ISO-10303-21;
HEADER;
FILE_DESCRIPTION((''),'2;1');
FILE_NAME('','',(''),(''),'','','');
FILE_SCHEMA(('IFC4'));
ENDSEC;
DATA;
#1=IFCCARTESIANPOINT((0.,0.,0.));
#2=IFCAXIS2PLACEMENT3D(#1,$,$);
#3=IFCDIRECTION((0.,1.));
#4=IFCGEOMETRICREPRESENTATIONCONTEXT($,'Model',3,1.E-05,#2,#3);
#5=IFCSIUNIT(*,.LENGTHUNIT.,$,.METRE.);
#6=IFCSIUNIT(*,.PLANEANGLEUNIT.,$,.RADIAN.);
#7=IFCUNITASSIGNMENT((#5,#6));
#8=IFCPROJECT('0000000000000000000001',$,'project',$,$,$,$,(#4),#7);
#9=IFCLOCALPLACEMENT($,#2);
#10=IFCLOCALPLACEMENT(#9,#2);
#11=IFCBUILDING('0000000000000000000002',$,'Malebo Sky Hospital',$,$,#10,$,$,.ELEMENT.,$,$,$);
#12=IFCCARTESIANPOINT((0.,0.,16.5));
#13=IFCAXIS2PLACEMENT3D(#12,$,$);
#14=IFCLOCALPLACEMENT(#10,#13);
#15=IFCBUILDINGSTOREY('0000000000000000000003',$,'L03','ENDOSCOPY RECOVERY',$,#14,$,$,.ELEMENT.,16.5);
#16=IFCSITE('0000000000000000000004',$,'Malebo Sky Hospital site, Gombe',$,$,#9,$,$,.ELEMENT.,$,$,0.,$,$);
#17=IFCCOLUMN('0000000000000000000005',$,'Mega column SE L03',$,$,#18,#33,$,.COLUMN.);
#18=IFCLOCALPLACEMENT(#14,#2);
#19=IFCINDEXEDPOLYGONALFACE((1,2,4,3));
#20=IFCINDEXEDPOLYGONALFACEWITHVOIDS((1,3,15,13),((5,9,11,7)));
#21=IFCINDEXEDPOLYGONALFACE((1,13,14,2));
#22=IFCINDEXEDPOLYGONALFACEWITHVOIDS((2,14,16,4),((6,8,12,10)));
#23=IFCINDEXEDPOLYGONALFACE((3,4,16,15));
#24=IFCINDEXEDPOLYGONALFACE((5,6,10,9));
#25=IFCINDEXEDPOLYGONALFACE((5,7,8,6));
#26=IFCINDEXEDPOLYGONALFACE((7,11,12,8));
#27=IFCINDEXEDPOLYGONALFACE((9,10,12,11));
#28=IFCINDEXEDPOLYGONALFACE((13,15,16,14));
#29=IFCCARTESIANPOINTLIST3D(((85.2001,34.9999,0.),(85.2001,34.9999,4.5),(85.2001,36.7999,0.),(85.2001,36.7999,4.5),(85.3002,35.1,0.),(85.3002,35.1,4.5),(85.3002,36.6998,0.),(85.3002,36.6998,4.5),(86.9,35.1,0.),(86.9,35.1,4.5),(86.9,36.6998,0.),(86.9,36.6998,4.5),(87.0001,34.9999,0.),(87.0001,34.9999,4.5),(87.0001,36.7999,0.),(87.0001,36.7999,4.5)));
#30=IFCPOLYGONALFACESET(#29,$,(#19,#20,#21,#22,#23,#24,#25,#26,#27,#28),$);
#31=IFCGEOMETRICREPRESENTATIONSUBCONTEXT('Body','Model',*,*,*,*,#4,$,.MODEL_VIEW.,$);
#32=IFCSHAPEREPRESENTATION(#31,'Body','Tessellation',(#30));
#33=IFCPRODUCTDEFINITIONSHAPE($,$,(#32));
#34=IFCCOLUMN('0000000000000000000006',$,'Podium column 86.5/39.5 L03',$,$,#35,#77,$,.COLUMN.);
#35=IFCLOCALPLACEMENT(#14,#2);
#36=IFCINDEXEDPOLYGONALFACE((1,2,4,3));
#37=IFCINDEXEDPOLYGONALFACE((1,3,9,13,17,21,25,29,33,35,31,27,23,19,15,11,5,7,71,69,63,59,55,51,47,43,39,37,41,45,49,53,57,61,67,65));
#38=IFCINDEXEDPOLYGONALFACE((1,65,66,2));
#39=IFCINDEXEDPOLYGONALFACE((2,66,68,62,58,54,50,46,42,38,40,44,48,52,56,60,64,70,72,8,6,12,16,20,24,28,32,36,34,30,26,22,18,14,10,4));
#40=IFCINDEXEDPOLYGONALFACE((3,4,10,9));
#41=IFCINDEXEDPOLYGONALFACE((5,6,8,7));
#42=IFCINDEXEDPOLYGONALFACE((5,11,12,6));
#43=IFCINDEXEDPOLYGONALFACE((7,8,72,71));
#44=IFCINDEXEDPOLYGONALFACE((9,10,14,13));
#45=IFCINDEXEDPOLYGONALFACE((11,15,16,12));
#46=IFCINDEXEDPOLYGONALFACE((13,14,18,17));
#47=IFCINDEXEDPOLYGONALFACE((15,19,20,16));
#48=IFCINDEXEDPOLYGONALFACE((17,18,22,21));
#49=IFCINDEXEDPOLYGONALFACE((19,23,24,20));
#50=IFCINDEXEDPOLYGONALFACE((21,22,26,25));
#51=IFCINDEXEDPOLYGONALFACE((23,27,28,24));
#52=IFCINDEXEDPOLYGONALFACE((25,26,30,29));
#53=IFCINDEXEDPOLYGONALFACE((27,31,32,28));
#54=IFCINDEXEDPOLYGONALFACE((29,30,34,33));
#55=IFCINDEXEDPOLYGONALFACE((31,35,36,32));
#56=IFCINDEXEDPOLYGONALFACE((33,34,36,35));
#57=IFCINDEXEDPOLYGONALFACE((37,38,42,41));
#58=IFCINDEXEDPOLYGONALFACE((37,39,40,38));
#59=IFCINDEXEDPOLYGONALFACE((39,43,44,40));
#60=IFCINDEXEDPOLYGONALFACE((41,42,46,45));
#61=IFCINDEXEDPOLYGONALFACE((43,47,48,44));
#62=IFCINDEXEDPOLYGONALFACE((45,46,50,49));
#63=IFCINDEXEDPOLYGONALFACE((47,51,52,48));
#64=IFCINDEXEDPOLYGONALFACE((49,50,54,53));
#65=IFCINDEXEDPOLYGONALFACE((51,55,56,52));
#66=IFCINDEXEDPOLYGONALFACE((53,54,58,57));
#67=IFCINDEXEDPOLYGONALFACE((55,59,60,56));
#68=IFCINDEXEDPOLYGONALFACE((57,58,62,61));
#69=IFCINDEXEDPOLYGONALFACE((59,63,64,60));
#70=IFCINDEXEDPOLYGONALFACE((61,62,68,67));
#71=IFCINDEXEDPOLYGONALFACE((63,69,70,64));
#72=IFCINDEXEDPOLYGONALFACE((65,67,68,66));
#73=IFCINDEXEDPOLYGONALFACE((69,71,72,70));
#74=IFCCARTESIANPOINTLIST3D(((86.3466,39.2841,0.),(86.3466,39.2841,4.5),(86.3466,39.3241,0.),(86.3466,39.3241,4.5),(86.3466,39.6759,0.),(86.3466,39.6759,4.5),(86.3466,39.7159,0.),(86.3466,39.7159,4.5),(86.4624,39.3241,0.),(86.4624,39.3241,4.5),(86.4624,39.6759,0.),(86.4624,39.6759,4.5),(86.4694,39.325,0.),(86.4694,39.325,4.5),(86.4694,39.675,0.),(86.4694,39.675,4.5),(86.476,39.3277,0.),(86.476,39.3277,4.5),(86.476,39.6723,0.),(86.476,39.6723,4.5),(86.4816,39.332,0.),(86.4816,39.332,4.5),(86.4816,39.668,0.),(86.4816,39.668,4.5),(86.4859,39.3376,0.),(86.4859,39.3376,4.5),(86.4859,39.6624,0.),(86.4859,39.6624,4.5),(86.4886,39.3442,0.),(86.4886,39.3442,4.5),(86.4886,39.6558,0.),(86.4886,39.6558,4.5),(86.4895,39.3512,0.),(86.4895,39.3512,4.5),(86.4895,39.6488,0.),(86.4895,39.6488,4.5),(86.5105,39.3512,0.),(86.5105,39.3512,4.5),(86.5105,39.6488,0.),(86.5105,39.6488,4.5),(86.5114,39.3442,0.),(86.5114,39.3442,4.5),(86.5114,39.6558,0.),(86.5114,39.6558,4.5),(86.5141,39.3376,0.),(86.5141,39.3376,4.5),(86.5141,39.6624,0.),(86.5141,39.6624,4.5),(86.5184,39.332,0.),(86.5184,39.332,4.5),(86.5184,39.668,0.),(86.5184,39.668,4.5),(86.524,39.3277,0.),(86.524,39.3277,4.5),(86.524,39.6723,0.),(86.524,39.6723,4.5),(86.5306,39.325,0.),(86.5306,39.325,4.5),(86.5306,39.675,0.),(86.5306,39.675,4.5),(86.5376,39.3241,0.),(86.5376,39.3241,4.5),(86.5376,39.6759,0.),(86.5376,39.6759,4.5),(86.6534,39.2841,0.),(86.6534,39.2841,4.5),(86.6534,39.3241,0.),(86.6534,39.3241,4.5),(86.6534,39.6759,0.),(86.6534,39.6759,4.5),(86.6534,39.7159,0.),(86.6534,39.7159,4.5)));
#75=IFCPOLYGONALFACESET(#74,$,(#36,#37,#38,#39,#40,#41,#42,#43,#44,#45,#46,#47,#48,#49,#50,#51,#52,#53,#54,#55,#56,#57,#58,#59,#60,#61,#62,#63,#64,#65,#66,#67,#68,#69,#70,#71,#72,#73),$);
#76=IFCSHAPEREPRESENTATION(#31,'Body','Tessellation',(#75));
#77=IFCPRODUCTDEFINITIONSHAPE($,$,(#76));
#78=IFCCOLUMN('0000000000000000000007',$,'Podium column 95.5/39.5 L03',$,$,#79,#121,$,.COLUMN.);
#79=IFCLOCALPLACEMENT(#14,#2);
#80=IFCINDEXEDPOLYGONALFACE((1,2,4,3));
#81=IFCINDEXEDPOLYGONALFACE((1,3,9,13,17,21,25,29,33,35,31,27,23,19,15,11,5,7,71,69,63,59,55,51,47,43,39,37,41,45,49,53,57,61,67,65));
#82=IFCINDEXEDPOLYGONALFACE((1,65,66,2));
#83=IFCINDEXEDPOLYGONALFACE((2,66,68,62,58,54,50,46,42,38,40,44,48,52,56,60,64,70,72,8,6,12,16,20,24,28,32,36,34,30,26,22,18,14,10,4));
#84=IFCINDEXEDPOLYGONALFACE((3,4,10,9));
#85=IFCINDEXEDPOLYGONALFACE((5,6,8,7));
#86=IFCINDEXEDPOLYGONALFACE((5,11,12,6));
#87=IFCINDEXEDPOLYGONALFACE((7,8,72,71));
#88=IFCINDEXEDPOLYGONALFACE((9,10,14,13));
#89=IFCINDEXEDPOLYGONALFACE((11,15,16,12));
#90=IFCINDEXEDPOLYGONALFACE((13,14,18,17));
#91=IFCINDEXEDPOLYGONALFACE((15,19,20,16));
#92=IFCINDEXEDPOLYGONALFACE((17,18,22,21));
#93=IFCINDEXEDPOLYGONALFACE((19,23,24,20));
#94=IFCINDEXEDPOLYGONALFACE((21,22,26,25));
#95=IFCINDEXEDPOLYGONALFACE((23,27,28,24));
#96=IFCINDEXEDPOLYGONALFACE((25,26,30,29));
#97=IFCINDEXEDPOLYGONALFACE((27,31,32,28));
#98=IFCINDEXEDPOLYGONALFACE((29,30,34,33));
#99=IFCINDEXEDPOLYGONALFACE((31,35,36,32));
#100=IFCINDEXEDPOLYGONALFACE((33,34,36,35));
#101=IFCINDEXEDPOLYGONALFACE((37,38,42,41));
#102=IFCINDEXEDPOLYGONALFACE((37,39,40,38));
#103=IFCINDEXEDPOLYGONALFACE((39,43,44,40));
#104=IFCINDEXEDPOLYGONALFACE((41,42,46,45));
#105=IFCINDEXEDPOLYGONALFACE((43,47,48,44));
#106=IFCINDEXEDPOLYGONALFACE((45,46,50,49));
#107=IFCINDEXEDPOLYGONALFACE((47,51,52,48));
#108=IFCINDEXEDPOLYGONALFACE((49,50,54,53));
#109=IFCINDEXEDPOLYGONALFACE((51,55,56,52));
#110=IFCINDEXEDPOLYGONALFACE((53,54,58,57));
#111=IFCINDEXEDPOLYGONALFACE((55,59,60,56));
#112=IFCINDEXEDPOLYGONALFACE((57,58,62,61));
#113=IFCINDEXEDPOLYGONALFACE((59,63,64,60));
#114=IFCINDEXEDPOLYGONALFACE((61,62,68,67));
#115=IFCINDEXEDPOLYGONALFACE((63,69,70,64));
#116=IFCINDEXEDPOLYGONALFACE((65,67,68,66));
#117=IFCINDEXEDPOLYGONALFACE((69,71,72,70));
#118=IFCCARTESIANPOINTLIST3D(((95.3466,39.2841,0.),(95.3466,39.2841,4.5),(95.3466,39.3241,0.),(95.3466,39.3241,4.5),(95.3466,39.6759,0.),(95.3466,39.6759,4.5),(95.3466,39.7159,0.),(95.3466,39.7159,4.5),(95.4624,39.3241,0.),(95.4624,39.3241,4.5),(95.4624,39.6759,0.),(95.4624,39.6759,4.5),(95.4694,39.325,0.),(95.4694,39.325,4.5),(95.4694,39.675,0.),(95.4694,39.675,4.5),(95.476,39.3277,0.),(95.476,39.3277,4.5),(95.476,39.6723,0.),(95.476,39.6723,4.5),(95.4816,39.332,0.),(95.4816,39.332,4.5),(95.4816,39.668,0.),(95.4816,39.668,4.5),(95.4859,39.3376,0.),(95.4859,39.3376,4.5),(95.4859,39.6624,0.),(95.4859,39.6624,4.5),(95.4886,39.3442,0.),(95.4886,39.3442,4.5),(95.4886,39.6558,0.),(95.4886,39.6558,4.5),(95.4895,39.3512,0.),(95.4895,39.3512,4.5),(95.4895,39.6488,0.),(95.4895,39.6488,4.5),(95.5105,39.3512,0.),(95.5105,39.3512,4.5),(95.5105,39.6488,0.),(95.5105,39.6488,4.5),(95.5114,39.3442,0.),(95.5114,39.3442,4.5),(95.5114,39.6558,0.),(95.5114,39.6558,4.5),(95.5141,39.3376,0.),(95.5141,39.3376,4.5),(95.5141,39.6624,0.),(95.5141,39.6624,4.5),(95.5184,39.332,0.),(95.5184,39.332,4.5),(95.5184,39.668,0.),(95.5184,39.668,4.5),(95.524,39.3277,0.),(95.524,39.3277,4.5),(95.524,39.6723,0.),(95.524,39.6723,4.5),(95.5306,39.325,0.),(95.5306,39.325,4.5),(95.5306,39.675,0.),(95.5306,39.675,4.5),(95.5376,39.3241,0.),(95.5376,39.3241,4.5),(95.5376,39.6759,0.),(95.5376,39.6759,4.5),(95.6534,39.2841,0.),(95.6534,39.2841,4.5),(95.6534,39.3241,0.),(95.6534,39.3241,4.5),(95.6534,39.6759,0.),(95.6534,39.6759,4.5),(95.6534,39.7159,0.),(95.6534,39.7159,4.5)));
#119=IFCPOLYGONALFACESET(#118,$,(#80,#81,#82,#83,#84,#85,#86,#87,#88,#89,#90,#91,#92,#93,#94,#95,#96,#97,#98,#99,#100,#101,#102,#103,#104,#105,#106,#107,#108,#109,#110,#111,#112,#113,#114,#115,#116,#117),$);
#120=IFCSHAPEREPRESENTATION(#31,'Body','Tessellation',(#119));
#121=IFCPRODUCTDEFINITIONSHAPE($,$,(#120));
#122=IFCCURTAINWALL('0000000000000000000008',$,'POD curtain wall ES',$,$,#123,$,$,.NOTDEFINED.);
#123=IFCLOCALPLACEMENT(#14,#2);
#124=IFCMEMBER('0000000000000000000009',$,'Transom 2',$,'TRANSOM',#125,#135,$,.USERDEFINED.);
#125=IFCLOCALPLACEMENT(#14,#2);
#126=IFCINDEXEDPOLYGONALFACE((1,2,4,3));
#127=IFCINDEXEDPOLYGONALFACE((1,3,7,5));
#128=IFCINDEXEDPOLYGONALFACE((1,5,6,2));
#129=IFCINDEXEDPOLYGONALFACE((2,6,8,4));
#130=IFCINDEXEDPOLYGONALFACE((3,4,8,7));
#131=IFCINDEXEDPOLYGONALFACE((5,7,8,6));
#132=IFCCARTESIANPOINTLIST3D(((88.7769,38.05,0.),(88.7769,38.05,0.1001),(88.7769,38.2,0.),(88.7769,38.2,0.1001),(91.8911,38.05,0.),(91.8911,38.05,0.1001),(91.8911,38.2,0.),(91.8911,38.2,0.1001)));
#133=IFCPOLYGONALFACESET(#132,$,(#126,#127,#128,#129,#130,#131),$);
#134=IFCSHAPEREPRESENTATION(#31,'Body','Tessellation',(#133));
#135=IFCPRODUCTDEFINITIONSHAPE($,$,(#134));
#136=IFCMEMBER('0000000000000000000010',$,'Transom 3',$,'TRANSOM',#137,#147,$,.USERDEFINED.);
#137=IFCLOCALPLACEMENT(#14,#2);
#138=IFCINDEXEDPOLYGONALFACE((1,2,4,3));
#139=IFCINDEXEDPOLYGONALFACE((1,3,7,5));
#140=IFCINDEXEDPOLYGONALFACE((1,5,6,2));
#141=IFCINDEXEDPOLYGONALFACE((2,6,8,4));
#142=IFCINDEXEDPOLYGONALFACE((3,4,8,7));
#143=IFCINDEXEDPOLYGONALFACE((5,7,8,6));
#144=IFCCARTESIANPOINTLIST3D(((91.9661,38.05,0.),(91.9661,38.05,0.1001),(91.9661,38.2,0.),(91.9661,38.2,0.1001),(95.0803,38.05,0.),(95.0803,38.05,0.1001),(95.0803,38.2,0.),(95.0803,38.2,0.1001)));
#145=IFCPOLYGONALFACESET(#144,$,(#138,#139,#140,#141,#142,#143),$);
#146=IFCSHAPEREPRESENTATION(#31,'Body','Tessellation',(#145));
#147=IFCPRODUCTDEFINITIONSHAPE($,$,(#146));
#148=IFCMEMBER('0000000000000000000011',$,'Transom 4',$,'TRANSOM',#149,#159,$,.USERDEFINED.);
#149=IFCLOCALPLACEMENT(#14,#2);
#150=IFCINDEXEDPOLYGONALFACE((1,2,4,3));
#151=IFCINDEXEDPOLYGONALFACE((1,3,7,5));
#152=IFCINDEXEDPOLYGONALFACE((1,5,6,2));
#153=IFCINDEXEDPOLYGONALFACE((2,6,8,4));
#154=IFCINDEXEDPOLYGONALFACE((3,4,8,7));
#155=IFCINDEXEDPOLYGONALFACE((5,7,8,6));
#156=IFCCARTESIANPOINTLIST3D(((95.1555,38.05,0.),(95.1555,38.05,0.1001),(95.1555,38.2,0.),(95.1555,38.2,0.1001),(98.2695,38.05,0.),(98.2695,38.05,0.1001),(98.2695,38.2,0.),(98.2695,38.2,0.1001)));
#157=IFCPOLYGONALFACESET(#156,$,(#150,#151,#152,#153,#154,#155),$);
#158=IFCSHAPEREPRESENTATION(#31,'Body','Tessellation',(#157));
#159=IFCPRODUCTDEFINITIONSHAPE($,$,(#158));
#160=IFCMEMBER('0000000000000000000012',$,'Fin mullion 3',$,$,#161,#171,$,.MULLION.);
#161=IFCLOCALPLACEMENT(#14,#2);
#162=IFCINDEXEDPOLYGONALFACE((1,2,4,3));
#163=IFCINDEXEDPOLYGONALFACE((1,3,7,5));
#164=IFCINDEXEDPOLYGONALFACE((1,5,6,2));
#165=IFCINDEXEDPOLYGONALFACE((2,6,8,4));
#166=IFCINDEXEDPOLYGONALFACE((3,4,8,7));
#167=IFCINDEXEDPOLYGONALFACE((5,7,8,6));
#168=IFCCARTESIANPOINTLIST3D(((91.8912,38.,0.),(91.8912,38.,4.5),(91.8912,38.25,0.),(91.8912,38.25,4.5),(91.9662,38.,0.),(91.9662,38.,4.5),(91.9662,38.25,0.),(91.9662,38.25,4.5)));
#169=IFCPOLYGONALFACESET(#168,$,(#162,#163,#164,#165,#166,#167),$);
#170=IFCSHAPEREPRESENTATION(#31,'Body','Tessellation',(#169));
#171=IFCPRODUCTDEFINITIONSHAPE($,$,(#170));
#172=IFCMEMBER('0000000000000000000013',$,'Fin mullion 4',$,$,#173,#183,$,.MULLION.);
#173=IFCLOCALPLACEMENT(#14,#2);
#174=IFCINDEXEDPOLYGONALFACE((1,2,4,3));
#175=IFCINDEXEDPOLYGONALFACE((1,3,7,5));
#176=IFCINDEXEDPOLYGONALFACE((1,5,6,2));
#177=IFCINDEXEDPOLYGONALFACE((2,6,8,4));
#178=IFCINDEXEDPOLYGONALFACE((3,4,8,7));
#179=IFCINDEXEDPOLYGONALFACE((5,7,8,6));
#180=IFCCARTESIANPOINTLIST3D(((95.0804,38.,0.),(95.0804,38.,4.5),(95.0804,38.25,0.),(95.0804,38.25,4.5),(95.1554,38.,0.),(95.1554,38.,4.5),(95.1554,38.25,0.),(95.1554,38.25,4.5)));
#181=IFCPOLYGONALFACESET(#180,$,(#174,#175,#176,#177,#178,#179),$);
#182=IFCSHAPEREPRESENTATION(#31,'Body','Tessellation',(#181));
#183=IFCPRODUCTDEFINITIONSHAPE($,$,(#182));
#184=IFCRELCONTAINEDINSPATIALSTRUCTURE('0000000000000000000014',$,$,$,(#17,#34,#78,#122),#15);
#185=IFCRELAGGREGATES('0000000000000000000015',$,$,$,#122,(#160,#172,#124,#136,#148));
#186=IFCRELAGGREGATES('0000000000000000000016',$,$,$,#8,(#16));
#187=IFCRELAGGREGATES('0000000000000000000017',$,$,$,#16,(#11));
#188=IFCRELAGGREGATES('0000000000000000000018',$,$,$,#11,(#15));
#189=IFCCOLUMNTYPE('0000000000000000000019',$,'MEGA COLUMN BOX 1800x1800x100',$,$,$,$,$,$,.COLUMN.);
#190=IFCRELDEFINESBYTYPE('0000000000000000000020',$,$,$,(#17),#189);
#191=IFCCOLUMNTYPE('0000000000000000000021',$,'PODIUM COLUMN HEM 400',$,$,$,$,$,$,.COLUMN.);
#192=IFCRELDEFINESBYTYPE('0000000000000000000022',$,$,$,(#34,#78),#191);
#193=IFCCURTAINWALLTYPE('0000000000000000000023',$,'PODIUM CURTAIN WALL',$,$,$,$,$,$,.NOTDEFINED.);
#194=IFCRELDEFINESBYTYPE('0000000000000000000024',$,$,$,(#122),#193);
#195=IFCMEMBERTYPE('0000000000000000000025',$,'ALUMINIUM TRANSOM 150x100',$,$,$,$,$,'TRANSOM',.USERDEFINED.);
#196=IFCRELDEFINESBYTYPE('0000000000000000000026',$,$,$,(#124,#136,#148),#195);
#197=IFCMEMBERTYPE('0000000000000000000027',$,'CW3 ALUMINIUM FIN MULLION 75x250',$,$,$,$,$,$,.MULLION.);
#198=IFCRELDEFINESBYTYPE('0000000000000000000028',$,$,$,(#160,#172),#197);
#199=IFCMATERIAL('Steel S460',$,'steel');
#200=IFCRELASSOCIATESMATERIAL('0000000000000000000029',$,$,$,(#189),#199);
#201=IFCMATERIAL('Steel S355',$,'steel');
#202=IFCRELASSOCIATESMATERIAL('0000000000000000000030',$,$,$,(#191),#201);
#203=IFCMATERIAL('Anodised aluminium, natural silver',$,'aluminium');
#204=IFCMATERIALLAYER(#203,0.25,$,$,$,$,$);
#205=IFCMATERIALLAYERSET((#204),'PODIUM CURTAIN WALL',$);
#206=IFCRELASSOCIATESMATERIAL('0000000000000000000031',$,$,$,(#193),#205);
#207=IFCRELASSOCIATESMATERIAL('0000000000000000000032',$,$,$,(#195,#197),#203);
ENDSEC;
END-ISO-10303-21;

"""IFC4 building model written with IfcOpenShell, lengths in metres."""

from ifc_helpers import new_model, si_unit, direction, frame, origin, origin_2d, place, context, subcontext, project, spatial, rectangle, hollow_rectangle, i_section, extrude, material, layer, layer_set, material_profile, profile_set, type_object, element, aggregate, save


model = new_model("IFC4")

# Units and contexts
model_context = context("Model", 3, precision=1e-05, world=origin(), true_north=direction((0.0, 1.0)))
body_context = subcontext(model_context, "Body", "Model", "MODEL_VIEW")
ifc_project = project(units=[si_unit("LENGTHUNIT", "METRE"), si_unit("PLANEANGLEUNIT", "RADIAN")], contexts=[model_context])

# Site, building, storey
site_placement = place(None, origin())
site = spatial("IfcSite", under=ifc_project, at=site_placement, Name="Malebo Sky Hospital site, Gombe", CompositionType="ELEMENT", RefElevation=0.0)
building_placement = place(site_placement, origin())
building = spatial("IfcBuilding", under=site, at=building_placement, Name="Malebo Sky Hospital", CompositionType="ELEMENT")
storey_placement = place(building_placement, frame((0.0, 0.0, 16.5)))
storey = spatial("IfcBuildingStorey", under=building, at=storey_placement, Name="L03", Description="ENDOSCOPY RECOVERY", CompositionType="ELEMENT", Elevation=16.5)

# Columns
ifc_material_1 = material(Name="Steel S460", Category="steel")
ifc_material_profile_1 = material_profile(ifc_material_1, hollow_rectangle(XDim=1.8, YDim=1.8, WallThickness=0.1001, at=origin_2d()), Name="BOX 1800x1800x100")
ifc_profile_set_1 = profile_set([ifc_material_profile_1], Name="Steel S460")
column_type_1 = type_object("IfcColumnType", Name="MEGA COLUMN BOX 1800x1800x100", PredefinedType="COLUMN", material=ifc_profile_set_1)
column_placement = place(storey_placement, frame((86.1001, 35.8999, 0.0), z_axis=(0.0, 0.0, 1.0), x_axis=(1.0, 0.0, 0.0)))
element("IfcColumn", 1, at=column_placement, inside=storey, type_object=column_type_1, Name="Mega column SE L03", PredefinedType="COLUMN", context=body_context, shape_type="SweptSolid", body=[
    extrude(hollow_rectangle(XDim=1.8, YDim=1.8, WallThickness=0.1001, at=origin_2d()), origin(), (0.0, 0.0, 1.0), 4.5),
])
ifc_material_2 = material(Name="Steel S355", Category="steel")
ifc_material_profile_2 = material_profile(ifc_material_2, i_section(OverallWidth=0.3069, OverallDepth=0.4319, WebThickness=0.021, FlangeThickness=0.04, FilletRadius=0.0271, at=origin_2d()), Name="HEM 400")
ifc_profile_set_2 = profile_set([ifc_material_profile_2], Name="Steel S355")
column_type_2 = type_object("IfcColumnType", Name="PODIUM COLUMN HEM 400", PredefinedType="COLUMN", material=ifc_profile_set_2)
for number, where, z_axis, x_axis, name in (
    (2, (86.5, 39.5, 0.0), (0.0, 0.0, 1.0), (1.0, 0.0, 0.0), "Podium column 86.5/39.5 L03"),
    (3, (95.5, 39.5, 0.0), (0.0, 0.0, 1.0), (1.0, 0.0, 0.0), "Podium column 95.5/39.5 L03"),
):
    element("IfcColumn", number, at=place(storey_placement, frame(where, z_axis=z_axis, x_axis=x_axis)), inside=storey, type_object=column_type_2, Name=name, PredefinedType="COLUMN", context=body_context, shape_type="SweptSolid", body=[
        extrude(i_section(OverallWidth=0.3069, OverallDepth=0.4319, WebThickness=0.021, FlangeThickness=0.04, FilletRadius=0.0271, at=origin_2d()), origin(), (0.0, 0.0, 1.0), 4.5),
    ])

# Curtain wall, members
ifc_material_3 = material(Name="Anodised aluminium, natural silver", Category="aluminium")
ifc_layer_1 = layer(ifc_material_3, 0.25)
ifc_layer_set_1 = layer_set([ifc_layer_1], Name="PODIUM CURTAIN WALL")
curtain_wall_type = type_object("IfcCurtainWallType", Name="PODIUM CURTAIN WALL", PredefinedType="NOTDEFINED", material=ifc_layer_set_1)
curtain_wall_placement = place(storey_placement, origin())
curtain_wall = element("IfcCurtainWall", 4, at=curtain_wall_placement, inside=storey, type_object=curtain_wall_type, Name="POD curtain wall ES", PredefinedType="NOTDEFINED")
ifc_material_profile_3 = material_profile(ifc_material_3, rectangle(XDim=0.1499, YDim=0.1001, at=origin_2d()), Name="ALUMINIUM TRANSOM 150x100")
ifc_profile_set_3 = profile_set([ifc_material_profile_3], Name="Anodised aluminium, natural silver")
member_type_1 = type_object("IfcMemberType", Name="ALUMINIUM TRANSOM 150x100", ElementType="TRANSOM", PredefinedType="USERDEFINED", material=ifc_profile_set_3)
member_1_placement = place(storey_placement, frame((88.7769, 38.125, 0.05), z_axis=(1.0, 0.0, 0.0), x_axis=(0.0, 1.0, 0.0)))
member_1 = element("IfcMember", 5, at=member_1_placement, type_object=member_type_1, Name="Transom 2", ObjectType="TRANSOM", PredefinedType="USERDEFINED", context=body_context, shape_type="SweptSolid", body=[
    extrude(rectangle(XDim=0.1499, YDim=0.1001, at=origin_2d()), origin(), (0.0, 0.0, 1.0), 3.1143),
])
member_2_placement = place(storey_placement, frame((91.9661, 38.125, 0.05), z_axis=(1.0, 0.0, 0.0), x_axis=(0.0, 1.0, 0.0)))
member_2 = element("IfcMember", 6, at=member_2_placement, type_object=member_type_1, Name="Transom 3", ObjectType="TRANSOM", PredefinedType="USERDEFINED", context=body_context, shape_type="SweptSolid", body=[
    extrude(rectangle(XDim=0.1499, YDim=0.1001, at=origin_2d()), origin(), (0.0, 0.0, 1.0), 3.1143),
])
member_3_placement = place(storey_placement, frame((95.1555, 38.125, 0.05), z_axis=(1.0, 0.0, 0.0), x_axis=(0.0, 1.0, 0.0)))
member_3 = element("IfcMember", 7, at=member_3_placement, type_object=member_type_1, Name="Transom 4", ObjectType="TRANSOM", PredefinedType="USERDEFINED", context=body_context, shape_type="SweptSolid", body=[
    extrude(rectangle(XDim=0.1499, YDim=0.1001, at=origin_2d()), origin(), (0.0, 0.0, 1.0), 3.114),
])
ifc_material_profile_4 = material_profile(ifc_material_3, rectangle(XDim=0.075, YDim=0.25, at=origin_2d()), Name="CW3 ALUMINIUM FIN MULLION 75x250")
ifc_profile_set_4 = profile_set([ifc_material_profile_4], Name="Anodised aluminium, natural silver")
member_type_2 = type_object("IfcMemberType", Name="CW3 ALUMINIUM FIN MULLION 75x250", PredefinedType="MULLION", material=ifc_profile_set_4)
member_4_placement = place(storey_placement, frame((91.9287, 38.125, 0.0), z_axis=(0.0, 0.0, 1.0), x_axis=(1.0, 0.0, 0.0)))
member_4 = element("IfcMember", 8, at=member_4_placement, type_object=member_type_2, Name="Fin mullion 3", PredefinedType="MULLION", context=body_context, shape_type="SweptSolid", body=[
    extrude(rectangle(XDim=0.075, YDim=0.25, at=origin_2d()), origin(), (0.0, 0.0, 1.0), 4.5),
])
member_5_placement = place(storey_placement, frame((95.1179, 38.125, 0.0), z_axis=(0.0, 0.0, 1.0), x_axis=(1.0, 0.0, 0.0)))
member_5 = element("IfcMember", 9, at=member_5_placement, type_object=member_type_2, Name="Fin mullion 4", PredefinedType="MULLION", context=body_context, shape_type="SweptSolid", body=[
    extrude(rectangle(XDim=0.075, YDim=0.25, at=origin_2d()), origin(), (0.0, 0.0, 1.0), 4.5),
])

aggregate(curtain_wall, [member_4, member_5, member_1, member_2, member_3])

save(model, "model.ifc")
